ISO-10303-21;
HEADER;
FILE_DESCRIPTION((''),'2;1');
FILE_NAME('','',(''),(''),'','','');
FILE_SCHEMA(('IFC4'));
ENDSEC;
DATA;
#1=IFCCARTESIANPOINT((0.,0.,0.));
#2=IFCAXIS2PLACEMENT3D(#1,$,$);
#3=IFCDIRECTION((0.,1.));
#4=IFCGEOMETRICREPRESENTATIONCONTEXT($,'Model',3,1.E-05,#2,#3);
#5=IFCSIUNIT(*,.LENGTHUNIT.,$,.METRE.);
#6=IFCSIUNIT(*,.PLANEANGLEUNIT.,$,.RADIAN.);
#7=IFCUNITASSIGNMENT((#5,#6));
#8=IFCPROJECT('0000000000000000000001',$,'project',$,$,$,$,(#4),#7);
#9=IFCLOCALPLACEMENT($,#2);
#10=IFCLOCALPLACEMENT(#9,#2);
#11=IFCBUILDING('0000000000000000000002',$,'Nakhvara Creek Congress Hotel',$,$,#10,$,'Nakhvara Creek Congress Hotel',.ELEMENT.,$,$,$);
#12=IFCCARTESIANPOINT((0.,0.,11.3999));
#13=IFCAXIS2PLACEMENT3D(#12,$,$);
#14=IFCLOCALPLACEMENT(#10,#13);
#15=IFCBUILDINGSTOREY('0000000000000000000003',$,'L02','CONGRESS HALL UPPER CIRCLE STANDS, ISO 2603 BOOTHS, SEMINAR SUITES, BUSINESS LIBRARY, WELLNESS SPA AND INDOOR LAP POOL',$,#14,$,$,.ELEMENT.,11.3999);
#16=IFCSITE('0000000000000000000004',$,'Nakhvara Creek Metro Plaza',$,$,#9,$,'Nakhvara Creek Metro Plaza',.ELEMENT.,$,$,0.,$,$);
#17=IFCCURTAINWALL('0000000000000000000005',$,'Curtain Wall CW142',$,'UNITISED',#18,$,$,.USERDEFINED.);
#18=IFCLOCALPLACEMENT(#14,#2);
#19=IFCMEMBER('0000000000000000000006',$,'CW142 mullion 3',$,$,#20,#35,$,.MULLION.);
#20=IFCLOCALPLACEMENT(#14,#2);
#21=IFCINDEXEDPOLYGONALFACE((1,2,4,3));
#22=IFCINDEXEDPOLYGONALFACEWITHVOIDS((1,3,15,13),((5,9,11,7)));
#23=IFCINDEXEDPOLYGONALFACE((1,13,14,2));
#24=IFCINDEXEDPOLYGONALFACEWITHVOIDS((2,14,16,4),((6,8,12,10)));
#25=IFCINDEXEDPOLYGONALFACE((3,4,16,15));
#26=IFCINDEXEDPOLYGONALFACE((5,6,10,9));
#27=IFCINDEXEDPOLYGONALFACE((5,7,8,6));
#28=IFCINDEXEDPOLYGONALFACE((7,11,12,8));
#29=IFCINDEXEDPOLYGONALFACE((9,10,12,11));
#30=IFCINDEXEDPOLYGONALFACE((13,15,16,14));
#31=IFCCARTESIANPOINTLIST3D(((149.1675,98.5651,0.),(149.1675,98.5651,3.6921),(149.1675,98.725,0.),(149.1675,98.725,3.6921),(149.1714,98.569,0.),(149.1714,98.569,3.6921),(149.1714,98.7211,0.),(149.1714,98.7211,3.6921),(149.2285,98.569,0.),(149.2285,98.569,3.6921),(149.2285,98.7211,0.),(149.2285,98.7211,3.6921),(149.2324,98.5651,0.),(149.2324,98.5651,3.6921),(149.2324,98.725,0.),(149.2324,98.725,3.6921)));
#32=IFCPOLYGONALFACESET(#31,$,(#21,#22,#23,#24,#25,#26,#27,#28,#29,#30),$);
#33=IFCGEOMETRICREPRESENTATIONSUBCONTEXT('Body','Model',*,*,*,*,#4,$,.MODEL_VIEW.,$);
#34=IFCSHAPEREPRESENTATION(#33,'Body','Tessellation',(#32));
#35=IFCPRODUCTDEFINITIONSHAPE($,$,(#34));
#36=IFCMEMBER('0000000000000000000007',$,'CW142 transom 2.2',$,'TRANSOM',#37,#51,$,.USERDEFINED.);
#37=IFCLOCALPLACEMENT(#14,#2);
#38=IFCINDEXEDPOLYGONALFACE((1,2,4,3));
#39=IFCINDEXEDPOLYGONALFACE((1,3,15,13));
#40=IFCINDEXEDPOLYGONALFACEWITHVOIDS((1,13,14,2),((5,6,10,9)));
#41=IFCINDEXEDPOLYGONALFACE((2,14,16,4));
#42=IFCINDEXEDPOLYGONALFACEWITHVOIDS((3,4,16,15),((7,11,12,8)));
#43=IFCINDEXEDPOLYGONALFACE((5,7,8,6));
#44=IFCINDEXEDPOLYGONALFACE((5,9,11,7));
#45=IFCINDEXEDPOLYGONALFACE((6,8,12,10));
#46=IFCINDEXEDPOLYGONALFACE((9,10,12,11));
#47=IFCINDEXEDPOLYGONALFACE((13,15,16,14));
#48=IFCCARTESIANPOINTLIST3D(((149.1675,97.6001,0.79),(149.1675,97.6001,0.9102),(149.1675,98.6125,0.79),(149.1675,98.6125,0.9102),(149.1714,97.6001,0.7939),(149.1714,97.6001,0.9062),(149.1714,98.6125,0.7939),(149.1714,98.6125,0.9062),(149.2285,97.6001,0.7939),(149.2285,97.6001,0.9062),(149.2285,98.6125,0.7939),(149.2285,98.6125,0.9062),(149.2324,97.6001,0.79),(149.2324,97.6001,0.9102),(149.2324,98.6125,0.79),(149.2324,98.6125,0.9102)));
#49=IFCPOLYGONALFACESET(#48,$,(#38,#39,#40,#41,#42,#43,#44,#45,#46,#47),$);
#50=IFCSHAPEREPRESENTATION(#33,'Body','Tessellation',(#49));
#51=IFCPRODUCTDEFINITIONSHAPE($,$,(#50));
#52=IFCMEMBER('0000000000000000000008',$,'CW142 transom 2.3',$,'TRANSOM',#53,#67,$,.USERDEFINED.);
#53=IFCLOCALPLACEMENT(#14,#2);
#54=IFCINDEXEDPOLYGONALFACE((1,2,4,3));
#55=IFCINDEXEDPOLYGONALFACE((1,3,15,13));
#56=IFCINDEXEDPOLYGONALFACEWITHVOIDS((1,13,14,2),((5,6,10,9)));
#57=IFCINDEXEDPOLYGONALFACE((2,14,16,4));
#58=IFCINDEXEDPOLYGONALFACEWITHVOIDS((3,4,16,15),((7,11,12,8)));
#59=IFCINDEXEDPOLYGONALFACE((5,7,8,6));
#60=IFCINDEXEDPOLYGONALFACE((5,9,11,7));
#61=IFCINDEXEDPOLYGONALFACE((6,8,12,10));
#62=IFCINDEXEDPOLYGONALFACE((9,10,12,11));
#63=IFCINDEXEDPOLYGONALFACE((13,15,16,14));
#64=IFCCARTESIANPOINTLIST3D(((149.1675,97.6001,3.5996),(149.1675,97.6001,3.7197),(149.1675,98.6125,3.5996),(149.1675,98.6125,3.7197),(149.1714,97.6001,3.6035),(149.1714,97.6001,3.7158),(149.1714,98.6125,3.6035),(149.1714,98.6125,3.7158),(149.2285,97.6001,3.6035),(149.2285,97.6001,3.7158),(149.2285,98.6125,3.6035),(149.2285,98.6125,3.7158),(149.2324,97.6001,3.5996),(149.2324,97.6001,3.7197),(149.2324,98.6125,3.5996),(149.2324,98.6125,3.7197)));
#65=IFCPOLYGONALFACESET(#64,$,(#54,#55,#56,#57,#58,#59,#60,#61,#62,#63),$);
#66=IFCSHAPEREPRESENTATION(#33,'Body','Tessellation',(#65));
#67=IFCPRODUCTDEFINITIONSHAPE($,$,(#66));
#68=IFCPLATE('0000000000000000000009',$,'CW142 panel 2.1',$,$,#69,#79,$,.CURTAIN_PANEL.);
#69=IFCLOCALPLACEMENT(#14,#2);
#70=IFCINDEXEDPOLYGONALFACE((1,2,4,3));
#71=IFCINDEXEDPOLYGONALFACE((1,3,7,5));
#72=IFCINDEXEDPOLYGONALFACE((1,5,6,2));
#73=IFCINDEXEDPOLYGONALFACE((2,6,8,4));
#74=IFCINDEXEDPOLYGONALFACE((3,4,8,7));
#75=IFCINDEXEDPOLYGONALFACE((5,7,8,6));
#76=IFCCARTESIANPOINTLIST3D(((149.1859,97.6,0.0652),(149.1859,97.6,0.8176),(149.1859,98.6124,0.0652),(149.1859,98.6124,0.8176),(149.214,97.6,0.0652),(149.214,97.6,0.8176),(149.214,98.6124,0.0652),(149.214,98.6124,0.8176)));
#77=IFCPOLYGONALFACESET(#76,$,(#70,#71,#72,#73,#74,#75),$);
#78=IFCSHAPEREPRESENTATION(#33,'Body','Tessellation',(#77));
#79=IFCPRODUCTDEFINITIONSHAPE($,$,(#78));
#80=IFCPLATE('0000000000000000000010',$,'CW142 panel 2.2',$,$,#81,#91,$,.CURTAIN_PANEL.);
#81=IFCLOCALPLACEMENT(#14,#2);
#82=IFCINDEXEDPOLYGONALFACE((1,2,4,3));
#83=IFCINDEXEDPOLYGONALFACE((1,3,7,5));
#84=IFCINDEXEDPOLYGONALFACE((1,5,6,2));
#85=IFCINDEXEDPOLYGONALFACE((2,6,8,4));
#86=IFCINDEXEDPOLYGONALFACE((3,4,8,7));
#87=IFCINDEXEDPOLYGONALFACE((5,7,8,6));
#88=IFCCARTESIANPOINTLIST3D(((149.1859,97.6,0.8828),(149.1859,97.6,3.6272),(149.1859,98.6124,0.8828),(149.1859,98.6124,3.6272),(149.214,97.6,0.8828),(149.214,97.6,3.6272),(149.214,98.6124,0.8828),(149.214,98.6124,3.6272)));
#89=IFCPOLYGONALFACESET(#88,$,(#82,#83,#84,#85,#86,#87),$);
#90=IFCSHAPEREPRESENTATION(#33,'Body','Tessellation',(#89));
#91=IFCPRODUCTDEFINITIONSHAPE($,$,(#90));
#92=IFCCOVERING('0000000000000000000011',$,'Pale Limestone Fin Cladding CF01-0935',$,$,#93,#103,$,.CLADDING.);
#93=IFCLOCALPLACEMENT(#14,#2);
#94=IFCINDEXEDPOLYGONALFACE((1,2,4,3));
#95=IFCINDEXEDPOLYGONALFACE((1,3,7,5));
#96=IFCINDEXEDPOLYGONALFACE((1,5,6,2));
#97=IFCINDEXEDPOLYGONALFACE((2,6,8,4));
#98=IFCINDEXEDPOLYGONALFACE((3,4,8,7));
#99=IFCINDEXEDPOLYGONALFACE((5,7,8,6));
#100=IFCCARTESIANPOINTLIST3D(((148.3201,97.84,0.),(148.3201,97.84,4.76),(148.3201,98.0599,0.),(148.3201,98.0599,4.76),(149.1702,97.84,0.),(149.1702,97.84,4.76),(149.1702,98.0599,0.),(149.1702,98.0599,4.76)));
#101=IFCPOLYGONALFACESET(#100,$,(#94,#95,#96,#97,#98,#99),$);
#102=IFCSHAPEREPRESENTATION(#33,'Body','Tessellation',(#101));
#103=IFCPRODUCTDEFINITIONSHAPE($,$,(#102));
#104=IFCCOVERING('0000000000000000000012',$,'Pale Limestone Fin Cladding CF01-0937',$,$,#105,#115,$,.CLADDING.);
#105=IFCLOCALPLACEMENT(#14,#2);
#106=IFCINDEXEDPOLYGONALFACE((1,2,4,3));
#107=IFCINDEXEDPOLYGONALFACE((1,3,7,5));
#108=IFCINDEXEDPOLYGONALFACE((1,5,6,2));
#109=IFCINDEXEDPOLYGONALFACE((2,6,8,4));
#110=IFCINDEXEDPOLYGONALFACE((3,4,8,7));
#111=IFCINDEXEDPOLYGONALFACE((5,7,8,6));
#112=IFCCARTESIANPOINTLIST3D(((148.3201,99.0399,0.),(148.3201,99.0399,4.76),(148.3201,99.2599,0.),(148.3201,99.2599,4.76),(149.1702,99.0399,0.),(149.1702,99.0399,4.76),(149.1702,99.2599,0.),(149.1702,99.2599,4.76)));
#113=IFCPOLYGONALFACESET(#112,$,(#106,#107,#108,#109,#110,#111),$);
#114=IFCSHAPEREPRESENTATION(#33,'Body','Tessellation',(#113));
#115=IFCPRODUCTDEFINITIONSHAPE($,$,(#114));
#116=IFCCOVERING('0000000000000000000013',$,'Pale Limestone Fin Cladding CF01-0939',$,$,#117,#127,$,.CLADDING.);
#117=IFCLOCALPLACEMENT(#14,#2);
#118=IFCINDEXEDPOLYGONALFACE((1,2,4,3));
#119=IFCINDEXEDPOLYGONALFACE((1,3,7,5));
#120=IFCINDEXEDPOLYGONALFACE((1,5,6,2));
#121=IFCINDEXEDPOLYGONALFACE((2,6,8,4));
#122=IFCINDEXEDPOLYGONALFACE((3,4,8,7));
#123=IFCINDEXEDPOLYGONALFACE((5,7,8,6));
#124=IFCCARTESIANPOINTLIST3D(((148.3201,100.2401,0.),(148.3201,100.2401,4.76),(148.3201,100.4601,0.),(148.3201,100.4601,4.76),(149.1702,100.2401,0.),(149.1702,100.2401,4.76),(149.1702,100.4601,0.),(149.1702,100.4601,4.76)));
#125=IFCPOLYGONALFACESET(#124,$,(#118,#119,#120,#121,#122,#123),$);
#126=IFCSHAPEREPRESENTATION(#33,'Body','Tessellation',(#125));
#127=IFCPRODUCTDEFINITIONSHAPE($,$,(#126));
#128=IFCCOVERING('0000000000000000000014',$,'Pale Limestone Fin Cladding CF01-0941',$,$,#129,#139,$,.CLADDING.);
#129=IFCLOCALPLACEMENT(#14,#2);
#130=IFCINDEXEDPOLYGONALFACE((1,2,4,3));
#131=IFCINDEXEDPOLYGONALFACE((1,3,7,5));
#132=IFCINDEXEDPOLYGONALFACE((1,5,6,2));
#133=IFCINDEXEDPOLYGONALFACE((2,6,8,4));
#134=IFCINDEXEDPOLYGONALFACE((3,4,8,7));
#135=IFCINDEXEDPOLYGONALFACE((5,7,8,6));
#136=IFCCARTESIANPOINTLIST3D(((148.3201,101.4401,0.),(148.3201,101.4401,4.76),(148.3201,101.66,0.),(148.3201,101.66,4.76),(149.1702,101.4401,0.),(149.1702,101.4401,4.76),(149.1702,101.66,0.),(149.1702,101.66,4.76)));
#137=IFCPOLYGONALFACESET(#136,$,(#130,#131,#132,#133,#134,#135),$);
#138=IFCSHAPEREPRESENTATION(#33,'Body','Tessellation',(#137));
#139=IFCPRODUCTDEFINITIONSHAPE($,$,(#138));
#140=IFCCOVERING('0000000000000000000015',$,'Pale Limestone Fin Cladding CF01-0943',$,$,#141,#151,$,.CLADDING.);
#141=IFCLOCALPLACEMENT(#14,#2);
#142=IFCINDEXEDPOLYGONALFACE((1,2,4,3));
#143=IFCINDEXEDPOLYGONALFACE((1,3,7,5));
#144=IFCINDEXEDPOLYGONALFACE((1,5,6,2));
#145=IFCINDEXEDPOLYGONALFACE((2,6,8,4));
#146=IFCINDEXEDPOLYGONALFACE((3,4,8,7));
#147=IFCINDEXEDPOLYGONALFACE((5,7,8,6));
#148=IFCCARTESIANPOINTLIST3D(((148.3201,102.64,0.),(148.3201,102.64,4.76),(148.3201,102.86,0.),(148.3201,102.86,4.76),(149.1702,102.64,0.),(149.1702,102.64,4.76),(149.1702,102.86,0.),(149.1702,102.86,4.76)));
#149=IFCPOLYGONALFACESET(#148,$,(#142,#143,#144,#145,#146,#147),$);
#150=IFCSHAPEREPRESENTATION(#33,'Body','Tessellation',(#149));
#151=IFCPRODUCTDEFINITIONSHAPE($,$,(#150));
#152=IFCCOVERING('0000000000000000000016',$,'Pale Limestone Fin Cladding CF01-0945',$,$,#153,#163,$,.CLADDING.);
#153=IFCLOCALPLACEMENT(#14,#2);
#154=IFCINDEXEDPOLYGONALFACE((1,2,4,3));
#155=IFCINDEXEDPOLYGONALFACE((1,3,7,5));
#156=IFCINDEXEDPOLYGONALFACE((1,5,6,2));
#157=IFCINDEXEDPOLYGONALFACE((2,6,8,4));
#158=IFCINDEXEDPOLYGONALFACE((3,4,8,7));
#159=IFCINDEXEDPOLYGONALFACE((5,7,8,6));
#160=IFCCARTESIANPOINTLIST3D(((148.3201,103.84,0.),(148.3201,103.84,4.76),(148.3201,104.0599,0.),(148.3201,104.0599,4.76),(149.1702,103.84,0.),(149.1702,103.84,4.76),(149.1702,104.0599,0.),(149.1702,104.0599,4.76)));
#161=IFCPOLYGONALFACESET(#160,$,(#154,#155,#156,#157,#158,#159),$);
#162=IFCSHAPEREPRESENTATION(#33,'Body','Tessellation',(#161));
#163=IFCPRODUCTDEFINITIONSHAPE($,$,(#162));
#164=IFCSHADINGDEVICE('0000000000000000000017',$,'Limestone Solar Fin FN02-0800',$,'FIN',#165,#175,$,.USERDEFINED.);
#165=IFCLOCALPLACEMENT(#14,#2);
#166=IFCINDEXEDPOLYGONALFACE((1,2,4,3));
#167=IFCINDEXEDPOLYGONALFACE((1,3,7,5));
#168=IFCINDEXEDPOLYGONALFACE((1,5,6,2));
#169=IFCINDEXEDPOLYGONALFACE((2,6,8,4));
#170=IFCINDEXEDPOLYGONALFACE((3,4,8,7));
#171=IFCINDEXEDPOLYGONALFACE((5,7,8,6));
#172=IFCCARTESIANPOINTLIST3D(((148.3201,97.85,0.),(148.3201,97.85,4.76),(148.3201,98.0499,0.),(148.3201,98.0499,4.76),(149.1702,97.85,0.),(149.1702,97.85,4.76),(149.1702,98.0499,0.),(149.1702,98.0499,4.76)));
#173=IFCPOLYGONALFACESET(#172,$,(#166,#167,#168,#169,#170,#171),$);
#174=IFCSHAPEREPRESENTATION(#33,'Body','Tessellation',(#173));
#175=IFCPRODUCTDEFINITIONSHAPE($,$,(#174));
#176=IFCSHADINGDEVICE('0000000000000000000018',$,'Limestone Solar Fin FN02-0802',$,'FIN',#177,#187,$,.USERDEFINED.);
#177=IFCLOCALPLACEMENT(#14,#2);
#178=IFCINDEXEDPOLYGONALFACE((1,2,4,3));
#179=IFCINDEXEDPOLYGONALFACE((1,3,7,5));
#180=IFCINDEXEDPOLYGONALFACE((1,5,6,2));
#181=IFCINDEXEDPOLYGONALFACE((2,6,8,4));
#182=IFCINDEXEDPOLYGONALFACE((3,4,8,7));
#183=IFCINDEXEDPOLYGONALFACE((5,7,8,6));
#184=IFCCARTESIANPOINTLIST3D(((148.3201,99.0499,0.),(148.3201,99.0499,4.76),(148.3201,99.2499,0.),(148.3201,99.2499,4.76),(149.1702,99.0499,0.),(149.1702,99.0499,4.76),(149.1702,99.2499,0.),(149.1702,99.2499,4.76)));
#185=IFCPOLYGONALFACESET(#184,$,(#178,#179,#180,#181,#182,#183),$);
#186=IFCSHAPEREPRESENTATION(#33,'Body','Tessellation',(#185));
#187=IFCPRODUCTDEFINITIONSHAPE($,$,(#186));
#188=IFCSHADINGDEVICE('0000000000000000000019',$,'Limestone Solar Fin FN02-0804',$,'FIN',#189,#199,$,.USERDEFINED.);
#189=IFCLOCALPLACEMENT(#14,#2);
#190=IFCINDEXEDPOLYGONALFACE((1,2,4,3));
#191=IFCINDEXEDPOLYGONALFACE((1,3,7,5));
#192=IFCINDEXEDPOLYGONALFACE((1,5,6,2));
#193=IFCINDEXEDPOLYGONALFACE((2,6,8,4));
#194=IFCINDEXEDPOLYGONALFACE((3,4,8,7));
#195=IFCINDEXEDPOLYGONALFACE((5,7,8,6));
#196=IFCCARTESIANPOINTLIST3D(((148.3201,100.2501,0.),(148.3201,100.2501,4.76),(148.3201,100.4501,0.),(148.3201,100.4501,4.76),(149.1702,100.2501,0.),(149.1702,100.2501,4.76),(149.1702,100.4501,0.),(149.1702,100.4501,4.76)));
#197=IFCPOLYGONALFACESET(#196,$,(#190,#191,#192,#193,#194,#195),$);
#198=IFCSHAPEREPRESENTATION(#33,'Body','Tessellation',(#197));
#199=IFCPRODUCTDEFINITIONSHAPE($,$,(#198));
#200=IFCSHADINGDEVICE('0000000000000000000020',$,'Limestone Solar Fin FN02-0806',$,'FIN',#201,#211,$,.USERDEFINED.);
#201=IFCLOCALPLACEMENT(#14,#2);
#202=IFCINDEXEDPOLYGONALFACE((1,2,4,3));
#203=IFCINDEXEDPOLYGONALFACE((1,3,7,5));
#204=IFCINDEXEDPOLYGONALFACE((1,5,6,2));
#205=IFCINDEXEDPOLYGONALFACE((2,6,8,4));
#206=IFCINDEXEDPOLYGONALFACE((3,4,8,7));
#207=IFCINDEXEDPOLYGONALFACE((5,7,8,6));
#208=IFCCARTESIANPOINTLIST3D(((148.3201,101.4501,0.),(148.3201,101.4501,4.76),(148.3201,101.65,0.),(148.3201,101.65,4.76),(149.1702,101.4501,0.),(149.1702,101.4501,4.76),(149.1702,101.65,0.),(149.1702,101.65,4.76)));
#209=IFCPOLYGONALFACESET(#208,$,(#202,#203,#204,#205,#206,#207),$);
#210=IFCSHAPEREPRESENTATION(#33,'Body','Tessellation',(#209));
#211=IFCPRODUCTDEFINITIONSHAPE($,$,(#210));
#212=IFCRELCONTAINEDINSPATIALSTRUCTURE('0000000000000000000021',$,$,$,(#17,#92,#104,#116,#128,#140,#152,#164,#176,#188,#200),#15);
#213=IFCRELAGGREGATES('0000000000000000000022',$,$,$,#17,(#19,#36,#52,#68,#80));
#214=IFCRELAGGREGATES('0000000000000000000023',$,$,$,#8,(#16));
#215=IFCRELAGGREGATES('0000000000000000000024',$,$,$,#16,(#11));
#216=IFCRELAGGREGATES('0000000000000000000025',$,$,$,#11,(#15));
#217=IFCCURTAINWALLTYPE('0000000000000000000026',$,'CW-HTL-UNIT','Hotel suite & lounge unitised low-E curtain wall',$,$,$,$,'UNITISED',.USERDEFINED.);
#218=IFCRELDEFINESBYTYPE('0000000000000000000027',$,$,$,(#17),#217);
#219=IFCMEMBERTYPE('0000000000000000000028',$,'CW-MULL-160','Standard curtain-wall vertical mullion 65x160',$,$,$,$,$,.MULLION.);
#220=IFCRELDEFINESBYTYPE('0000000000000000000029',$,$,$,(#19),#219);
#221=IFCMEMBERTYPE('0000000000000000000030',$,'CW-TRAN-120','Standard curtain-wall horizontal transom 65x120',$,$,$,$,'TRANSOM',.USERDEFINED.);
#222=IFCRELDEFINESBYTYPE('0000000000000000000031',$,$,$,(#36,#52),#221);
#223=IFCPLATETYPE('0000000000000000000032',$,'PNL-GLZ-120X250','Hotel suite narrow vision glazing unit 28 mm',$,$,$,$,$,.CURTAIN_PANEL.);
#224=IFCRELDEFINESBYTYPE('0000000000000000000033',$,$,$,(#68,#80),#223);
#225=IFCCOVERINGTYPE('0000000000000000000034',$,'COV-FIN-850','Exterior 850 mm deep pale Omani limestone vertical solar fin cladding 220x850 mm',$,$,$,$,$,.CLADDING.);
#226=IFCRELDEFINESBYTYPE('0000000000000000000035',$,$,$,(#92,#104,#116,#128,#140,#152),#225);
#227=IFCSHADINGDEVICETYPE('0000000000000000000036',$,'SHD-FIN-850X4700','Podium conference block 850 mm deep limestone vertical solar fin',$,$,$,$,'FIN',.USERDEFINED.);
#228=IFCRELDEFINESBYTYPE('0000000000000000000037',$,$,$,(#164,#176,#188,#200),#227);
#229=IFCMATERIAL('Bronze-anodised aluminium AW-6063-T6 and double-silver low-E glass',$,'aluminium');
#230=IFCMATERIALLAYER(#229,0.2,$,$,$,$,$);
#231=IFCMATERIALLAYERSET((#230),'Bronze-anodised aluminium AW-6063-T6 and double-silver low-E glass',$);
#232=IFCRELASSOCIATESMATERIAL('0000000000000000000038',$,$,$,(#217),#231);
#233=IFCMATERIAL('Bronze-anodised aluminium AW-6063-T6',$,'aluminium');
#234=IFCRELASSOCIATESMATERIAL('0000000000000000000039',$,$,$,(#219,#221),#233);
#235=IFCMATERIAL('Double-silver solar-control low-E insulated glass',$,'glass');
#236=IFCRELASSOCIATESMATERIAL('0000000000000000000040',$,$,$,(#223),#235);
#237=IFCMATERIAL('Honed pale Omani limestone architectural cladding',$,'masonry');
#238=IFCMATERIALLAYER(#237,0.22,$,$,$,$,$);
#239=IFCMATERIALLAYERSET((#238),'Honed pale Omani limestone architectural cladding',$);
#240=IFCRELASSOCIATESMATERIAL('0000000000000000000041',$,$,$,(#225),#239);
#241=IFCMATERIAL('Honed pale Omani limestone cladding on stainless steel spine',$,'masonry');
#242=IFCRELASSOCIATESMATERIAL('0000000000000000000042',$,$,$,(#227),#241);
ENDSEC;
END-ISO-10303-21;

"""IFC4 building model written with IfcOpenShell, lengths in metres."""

from ifc_helpers import new_model, si_unit, direction, frame, origin, origin_2d, place, context, subcontext, project, spatial, rectangle, hollow_rectangle, extrude, material, layer, layer_set, material_profile, profile_set, type_object, element, aggregate, save


model = new_model("IFC4")

# Units and contexts
model_context = context("Model", 3, precision=1e-05, world=origin(), true_north=direction((0.0, 1.0)))
body_context = subcontext(model_context, "Body", "Model", "MODEL_VIEW")
ifc_project = project(units=[si_unit("LENGTHUNIT", "METRE"), si_unit("PLANEANGLEUNIT", "RADIAN")], contexts=[model_context])

# Site, building, storey
site_placement = place(None, origin())
site = spatial("IfcSite", under=ifc_project, at=site_placement, Name="Nakhvara Creek Metro Plaza", LongName="Nakhvara Creek Metro Plaza", CompositionType="ELEMENT", RefElevation=0.0)
building_placement = place(site_placement, origin())
building = spatial("IfcBuilding", under=site, at=building_placement, Name="Nakhvara Creek Congress Hotel", LongName="Nakhvara Creek Congress Hotel", CompositionType="ELEMENT")
storey_placement = place(building_placement, frame((0.0, 0.0, 11.3999)))
storey = spatial("IfcBuildingStorey", under=building, at=storey_placement, Name="L02", Description="CONGRESS HALL UPPER CIRCLE STANDS, ISO 2603 BOOTHS, SEMINAR SUITES, BUSINESS LIBRARY, WELLNESS SPA AND INDOOR LAP POOL", CompositionType="ELEMENT", Elevation=11.3999)

# Curtain wall, members, plates
ifc_material_1 = material(Name="Bronze-anodised aluminium AW-6063-T6 and double-silver low-E glass", Category="aluminium")
ifc_layer_1 = layer(ifc_material_1, 0.2)
ifc_layer_set_1 = layer_set([ifc_layer_1], Name="Bronze-anodised aluminium AW-6063-T6 and double-silver low-E glass")
curtain_wall_type = type_object("IfcCurtainWallType", Name="CW-HTL-UNIT", Description="Hotel suite & lounge unitised low-E curtain wall", ElementType="UNITISED", PredefinedType="USERDEFINED", material=ifc_layer_set_1)
curtain_wall_placement = place(storey_placement, origin())
curtain_wall = element("IfcCurtainWall", 1, at=curtain_wall_placement, inside=storey, type_object=curtain_wall_type, Name="Curtain Wall CW142", ObjectType="UNITISED", PredefinedType="USERDEFINED")
ifc_material_2 = material(Name="Bronze-anodised aluminium AW-6063-T6", Category="aluminium")
ifc_material_profile_1 = material_profile(ifc_material_2, hollow_rectangle(XDim=0.0649, YDim=0.1599, WallThickness=0.0039, at=origin_2d()), Name="ALU-MULL 65x160x4", Category="LoadBearing")
ifc_profile_set_1 = profile_set([ifc_material_profile_1], Name="Bronze-anodised aluminium AW-6063-T6")
member_type_1 = type_object("IfcMemberType", Name="CW-MULL-160", Description="Standard curtain-wall vertical mullion 65x160", PredefinedType="MULLION", material=ifc_profile_set_1)
member_1_placement = place(storey_placement, frame((149.2, 98.645, 0.0), z_axis=(0.0, 0.0, 1.0), x_axis=(-1.0, 0.0, 0.0)))
member_1 = element("IfcMember", 2, at=member_1_placement, type_object=member_type_1, Name="CW142 mullion 3", PredefinedType="MULLION", context=body_context, shape_type="SweptSolid", body=[
    extrude(hollow_rectangle(XDim=0.0649, YDim=0.1599, WallThickness=0.0039, at=origin_2d()), origin(), (0.0, 0.0, 1.0), 3.6921),
])
ifc_material_profile_2 = material_profile(ifc_material_2, hollow_rectangle(XDim=0.0649, YDim=0.1201, WallThickness=0.0039, at=origin_2d()), Name="ALU-TRAN 65x120x4", Category="LoadBearing")
ifc_profile_set_2 = profile_set([ifc_material_profile_2], Name="Bronze-anodised aluminium AW-6063-T6")
member_type_2 = type_object("IfcMemberType", Name="CW-TRAN-120", Description="Standard curtain-wall horizontal transom 65x120", ElementType="TRANSOM", PredefinedType="USERDEFINED", material=ifc_profile_set_2)
member_2_placement = place(storey_placement, frame((149.2, 97.6001, 0.8501), z_axis=(0.0, 1.0, 0.0), x_axis=(-1.0, 0.0, 0.0)))
member_2 = element("IfcMember", 3, at=member_2_placement, type_object=member_type_2, Name="CW142 transom 2.2", ObjectType="TRANSOM", PredefinedType="USERDEFINED", context=body_context, shape_type="SweptSolid", body=[
    extrude(hollow_rectangle(XDim=0.0649, YDim=0.1201, WallThickness=0.0039, at=origin_2d()), origin(), (0.0, 0.0, 1.0), 1.0125),
])
member_3_placement = place(storey_placement, frame((149.2, 97.6001, 3.6597), z_axis=(0.0, 1.0, 0.0), x_axis=(-1.0, 0.0, 0.0)))
member_3 = element("IfcMember", 4, at=member_3_placement, type_object=member_type_2, Name="CW142 transom 2.3", ObjectType="TRANSOM", PredefinedType="USERDEFINED", context=body_context, shape_type="SweptSolid", body=[
    extrude(hollow_rectangle(XDim=0.0649, YDim=0.1201, WallThickness=0.0039, at=origin_2d()), origin(), (0.0, 0.0, 1.0), 1.0125),
])
ifc_material_3 = material(Name="Double-silver solar-control low-E insulated glass", Category="glass")
plate_type = type_object("IfcPlateType", Name="PNL-GLZ-120X250", Description="Hotel suite narrow vision glazing unit 28 mm", PredefinedType="CURTAIN_PANEL", material=ifc_material_3)
plate_1_placement = place(storey_placement, frame((149.2, 98.1062, 0.0652), z_axis=(0.0, 0.0, 1.0), x_axis=(0.0, 1.0, 0.0)))
plate_1 = element("IfcPlate", 5, at=plate_1_placement, type_object=plate_type, Name="CW142 panel 2.1", PredefinedType="CURTAIN_PANEL", context=body_context, shape_type="SweptSolid", body=[
    extrude(rectangle(XDim=1.0125, YDim=0.0281, at=origin_2d()), origin(), (0.0, 0.0, 1.0), 0.7524),
])
plate_2_placement = place(storey_placement, frame((149.2, 98.1062, 0.8828), z_axis=(0.0, 0.0, 1.0), x_axis=(0.0, 1.0, 0.0)))
plate_2 = element("IfcPlate", 6, at=plate_2_placement, type_object=plate_type, Name="CW142 panel 2.2", PredefinedType="CURTAIN_PANEL", context=body_context, shape_type="SweptSolid", body=[
    extrude(rectangle(XDim=1.0125, YDim=0.0281, at=origin_2d()), origin(), (0.0, 0.0, 1.0), 2.7444),
])
aggregate(curtain_wall, [member_1, member_2, member_3, plate_1, plate_2])

# Coverings
ifc_material_4 = material(Name="Honed pale Omani limestone architectural cladding", Category="masonry")
ifc_layer_2 = layer(ifc_material_4, 0.22)
ifc_layer_set_2 = layer_set([ifc_layer_2], Name="Honed pale Omani limestone architectural cladding")
covering_type = type_object("IfcCoveringType", Name="COV-FIN-850", Description="Exterior 850 mm deep pale Omani limestone vertical solar fin cladding 220x850 mm", PredefinedType="CLADDING", material=ifc_layer_set_2)
for number, where, z_axis, x_axis, name in (
    (7, (148.7451, 97.95, 0.0), (0.0, 0.0, 1.0), (0.0, 1.0, 0.0), "Pale Limestone Fin Cladding CF01-0935"),
    (8, (148.7451, 99.1499, 0.0), (0.0, 0.0, 1.0), (0.0, 1.0, 0.0), "Pale Limestone Fin Cladding CF01-0937"),
    (9, (148.7451, 100.3501, 0.0), (0.0, 0.0, 1.0), (0.0, 1.0, 0.0), "Pale Limestone Fin Cladding CF01-0939"),
    (10, (148.7451, 101.55, 0.0), (0.0, 0.0, 1.0), (0.0, 1.0, 0.0), "Pale Limestone Fin Cladding CF01-0941"),
    (11, (148.7451, 102.75, 0.0), (0.0, 0.0, 1.0), (0.0, 1.0, 0.0), "Pale Limestone Fin Cladding CF01-0943"),
    (12, (148.7451, 103.95, 0.0), (0.0, 0.0, 1.0), (0.0, 1.0, 0.0), "Pale Limestone Fin Cladding CF01-0945"),
):
    element("IfcCovering", number, at=place(storey_placement, frame(where, z_axis=z_axis, x_axis=x_axis)), inside=storey, type_object=covering_type, Name=name, PredefinedType="CLADDING", context=body_context, shape_type="SweptSolid", body=[
        extrude(rectangle(XDim=0.22, YDim=0.8501, at=origin_2d()), origin(), (0.0, 0.0, 1.0), 4.76),
    ])

# Shading devices
ifc_material_5 = material(Name="Honed pale Omani limestone cladding on stainless steel spine", Category="masonry")
shading_device_type = type_object("IfcShadingDeviceType", Name="SHD-FIN-850X4700", Description="Podium conference block 850 mm deep limestone vertical solar fin", ElementType="FIN", PredefinedType="USERDEFINED", material=ifc_material_5)
for number, where, z_axis, x_axis, name in (
    (13, (148.7451, 97.95, 0.0), (0.0, 0.0, 1.0), (0.0, 1.0, 0.0), "Limestone Solar Fin FN02-0800"),
    (14, (148.7451, 99.1499, 0.0), (0.0, 0.0, 1.0), (0.0, 1.0, 0.0), "Limestone Solar Fin FN02-0802"),
    (15, (148.7451, 100.3501, 0.0), (0.0, 0.0, 1.0), (0.0, 1.0, 0.0), "Limestone Solar Fin FN02-0804"),
    (16, (148.7451, 101.55, 0.0), (0.0, 0.0, 1.0), (0.0, 1.0, 0.0), "Limestone Solar Fin FN02-0806"),
):
    element("IfcShadingDevice", number, at=place(storey_placement, frame(where, z_axis=z_axis, x_axis=x_axis)), inside=storey, type_object=shading_device_type, Name=name, ObjectType="FIN", PredefinedType="USERDEFINED", context=body_context, shape_type="SweptSolid", body=[
        extrude(rectangle(XDim=0.2, YDim=0.8501, at=origin_2d()), origin(), (0.0, 0.0, 1.0), 4.76),
    ])

save(model, "model.ifc")
